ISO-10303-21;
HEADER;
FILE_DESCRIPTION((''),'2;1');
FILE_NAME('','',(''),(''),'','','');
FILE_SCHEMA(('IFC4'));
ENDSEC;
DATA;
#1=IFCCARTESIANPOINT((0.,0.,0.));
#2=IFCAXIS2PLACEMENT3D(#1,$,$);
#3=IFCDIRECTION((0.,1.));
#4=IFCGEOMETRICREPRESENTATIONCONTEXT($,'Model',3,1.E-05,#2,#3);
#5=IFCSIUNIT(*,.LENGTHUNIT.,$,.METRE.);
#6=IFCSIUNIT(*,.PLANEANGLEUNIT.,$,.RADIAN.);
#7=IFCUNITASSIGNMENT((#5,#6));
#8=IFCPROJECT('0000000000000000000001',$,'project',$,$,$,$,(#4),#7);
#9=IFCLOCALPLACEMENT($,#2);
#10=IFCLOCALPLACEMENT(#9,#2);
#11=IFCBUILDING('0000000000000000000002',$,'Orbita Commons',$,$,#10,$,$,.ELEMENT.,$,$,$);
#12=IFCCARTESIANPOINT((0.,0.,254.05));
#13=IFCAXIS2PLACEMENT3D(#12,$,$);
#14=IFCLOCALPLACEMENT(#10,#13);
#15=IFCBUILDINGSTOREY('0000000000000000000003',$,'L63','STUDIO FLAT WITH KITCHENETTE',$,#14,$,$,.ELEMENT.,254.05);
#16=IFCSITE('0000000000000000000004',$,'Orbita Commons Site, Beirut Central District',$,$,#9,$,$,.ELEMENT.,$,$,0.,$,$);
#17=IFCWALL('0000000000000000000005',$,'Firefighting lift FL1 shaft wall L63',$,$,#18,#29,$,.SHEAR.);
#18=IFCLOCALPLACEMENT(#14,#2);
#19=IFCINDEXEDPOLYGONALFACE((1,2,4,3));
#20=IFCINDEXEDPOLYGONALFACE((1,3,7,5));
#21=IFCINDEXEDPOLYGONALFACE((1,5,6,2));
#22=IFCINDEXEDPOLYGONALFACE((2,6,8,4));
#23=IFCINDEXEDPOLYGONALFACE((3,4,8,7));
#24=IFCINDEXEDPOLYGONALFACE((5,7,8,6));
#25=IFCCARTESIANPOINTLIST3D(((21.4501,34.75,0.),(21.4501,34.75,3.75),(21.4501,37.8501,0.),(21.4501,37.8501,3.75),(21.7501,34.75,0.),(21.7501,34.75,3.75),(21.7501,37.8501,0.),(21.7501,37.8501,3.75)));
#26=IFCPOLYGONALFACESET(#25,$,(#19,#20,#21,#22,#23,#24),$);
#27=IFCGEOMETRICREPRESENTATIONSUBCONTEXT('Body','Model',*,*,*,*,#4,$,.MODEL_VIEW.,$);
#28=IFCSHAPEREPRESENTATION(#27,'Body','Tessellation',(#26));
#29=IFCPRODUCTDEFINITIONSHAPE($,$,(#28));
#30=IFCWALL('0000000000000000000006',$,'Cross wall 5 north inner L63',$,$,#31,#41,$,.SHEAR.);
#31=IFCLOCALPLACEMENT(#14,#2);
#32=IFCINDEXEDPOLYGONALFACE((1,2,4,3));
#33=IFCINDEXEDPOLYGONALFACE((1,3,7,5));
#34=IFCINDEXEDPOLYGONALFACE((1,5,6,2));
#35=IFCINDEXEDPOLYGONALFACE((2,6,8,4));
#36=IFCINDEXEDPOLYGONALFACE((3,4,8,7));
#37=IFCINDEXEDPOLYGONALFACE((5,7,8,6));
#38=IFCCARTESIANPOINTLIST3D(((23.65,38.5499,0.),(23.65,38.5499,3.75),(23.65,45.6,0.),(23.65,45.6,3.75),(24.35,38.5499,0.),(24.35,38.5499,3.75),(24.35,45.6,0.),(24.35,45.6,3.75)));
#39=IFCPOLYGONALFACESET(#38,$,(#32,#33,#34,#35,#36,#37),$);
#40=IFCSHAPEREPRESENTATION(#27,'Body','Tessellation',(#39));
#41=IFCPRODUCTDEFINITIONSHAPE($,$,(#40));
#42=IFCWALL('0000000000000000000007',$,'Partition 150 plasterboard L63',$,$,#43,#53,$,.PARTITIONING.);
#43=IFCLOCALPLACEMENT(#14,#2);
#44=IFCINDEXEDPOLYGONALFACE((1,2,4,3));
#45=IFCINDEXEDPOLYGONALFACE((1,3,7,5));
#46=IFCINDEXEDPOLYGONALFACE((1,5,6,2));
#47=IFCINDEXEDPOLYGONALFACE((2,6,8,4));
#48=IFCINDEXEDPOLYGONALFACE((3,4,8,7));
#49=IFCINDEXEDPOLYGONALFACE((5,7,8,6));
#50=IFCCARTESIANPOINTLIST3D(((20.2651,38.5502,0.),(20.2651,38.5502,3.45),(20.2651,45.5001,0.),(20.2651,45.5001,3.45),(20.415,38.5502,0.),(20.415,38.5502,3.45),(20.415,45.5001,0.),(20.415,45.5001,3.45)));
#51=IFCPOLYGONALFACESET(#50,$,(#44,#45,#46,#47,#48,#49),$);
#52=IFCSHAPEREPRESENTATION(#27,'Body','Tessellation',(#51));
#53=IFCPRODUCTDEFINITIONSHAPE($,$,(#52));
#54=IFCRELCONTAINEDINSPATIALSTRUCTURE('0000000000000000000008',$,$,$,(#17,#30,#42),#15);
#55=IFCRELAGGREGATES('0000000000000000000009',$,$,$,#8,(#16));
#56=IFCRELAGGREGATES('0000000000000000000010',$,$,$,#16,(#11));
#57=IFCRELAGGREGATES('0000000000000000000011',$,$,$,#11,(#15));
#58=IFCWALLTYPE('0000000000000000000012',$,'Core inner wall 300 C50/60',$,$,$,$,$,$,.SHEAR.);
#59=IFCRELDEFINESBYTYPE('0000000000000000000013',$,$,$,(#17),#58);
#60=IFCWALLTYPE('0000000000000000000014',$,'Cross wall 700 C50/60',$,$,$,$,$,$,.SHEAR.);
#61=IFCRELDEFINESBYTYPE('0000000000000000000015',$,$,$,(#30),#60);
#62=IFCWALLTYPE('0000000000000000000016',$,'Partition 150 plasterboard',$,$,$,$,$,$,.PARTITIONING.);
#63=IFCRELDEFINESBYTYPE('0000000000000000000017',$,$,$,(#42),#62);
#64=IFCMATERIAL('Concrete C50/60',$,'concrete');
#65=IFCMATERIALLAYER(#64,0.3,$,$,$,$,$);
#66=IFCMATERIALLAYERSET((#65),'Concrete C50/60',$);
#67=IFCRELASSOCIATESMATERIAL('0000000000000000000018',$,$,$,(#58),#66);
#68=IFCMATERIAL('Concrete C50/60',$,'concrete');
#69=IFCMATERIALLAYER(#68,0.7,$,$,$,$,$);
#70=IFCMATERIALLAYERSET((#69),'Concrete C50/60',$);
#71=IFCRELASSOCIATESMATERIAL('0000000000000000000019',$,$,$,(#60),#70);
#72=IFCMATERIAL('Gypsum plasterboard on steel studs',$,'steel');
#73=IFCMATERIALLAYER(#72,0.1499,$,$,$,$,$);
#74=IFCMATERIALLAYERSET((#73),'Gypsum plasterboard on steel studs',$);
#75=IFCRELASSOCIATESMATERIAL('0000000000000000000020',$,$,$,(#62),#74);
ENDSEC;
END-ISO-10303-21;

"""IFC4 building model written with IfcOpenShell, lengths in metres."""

from ifc_helpers import new_model, si_unit, direction, frame, frame_2d, origin, place, context, subcontext, project, spatial, rectangle, extrude, material, layer, layer_set, type_object, element, save


model = new_model("IFC4")

# Units and contexts
model_context = context("Model", 3, precision=1e-05, world=origin(), true_north=direction((0.0, 1.0)))
body_context = subcontext(model_context, "Body", "Model", "MODEL_VIEW")
ifc_project = project(units=[si_unit("LENGTHUNIT", "METRE"), si_unit("PLANEANGLEUNIT", "RADIAN")], contexts=[model_context])

# Site, building, storey
site_placement = place(None, origin())
site = spatial("IfcSite", under=ifc_project, at=site_placement, Name="Orbita Commons Site, Beirut Central District", CompositionType="ELEMENT", RefElevation=0.0)
building_placement = place(site_placement, origin())
building = spatial("IfcBuilding", under=site, at=building_placement, Name="Orbita Commons", CompositionType="ELEMENT")
storey_placement = place(building_placement, frame((0.0, 0.0, 254.05)))
storey = spatial("IfcBuildingStorey", under=building, at=storey_placement, Name="L63", Description="STUDIO FLAT WITH KITCHENETTE", CompositionType="ELEMENT", Elevation=254.05)

# Shared definitions
ifc_material_1 = material(Name="Concrete C50/60", Category="concrete")
ifc_layer_1 = layer(ifc_material_1, 0.3)
ifc_layer_set_1 = layer_set([ifc_layer_1], Name="Concrete C50/60")
wall_type_1 = type_object("IfcWallType", Name="Core inner wall 300 C50/60", PredefinedType="SHEAR", material=ifc_layer_set_1)

# Walls
wall_1_placement = place(storey_placement, frame((21.6001, 34.75, 0.0), z_axis=(0.0, 0.0, 1.0), x_axis=(0.0, 1.0, 0.0)))
element("IfcWall", 1, at=wall_1_placement, inside=storey, type_object=wall_type_1, Name="Firefighting lift FL1 shaft wall L63", PredefinedType="SHEAR", context=body_context, shape_type="SweptSolid", body=[
    extrude(rectangle(XDim=3.1001, YDim=0.3, at=frame_2d((1.55, 0.0))), origin(), (0.0, 0.0, 1.0), 3.75),
])
ifc_material_2 = material(Name="Concrete C50/60", Category="concrete")
ifc_layer_2 = layer(ifc_material_2, 0.7)
ifc_layer_set_2 = layer_set([ifc_layer_2], Name="Concrete C50/60")
wall_type_2 = type_object("IfcWallType", Name="Cross wall 700 C50/60", PredefinedType="SHEAR", material=ifc_layer_set_2)
wall_2_placement = place(storey_placement, frame((24.0, 38.55, 0.0), z_axis=(0.0, 0.0, 1.0), x_axis=(0.0, 1.0, 0.0)))
element("IfcWall", 2, at=wall_2_placement, inside=storey, type_object=wall_type_2, Name="Cross wall 5 north inner L63", PredefinedType="SHEAR", context=body_context, shape_type="SweptSolid", body=[
    extrude(rectangle(XDim=7.05, YDim=0.7, at=frame_2d((3.5249, 0.0))), origin(), (0.0, 0.0, 1.0), 3.75),
])
ifc_material_3 = material(Name="Gypsum plasterboard on steel studs", Category="steel")
ifc_layer_3 = layer(ifc_material_3, 0.1499)
ifc_layer_set_3 = layer_set([ifc_layer_3], Name="Gypsum plasterboard on steel studs")
wall_type_3 = type_object("IfcWallType", Name="Partition 150 plasterboard", PredefinedType="PARTITIONING", material=ifc_layer_set_3)
wall_3_placement = place(storey_placement, frame((20.3401, 38.55, 0.0), z_axis=(0.0, 0.0, 1.0), x_axis=(0.0, 1.0, 0.0)))
element("IfcWall", 3, at=wall_3_placement, inside=storey, type_object=wall_type_3, Name="Partition 150 plasterboard L63", PredefinedType="PARTITIONING", context=body_context, shape_type="SweptSolid", body=[
    extrude(rectangle(XDim=6.95, YDim=0.1499, at=frame_2d((3.4751, 0.0))), origin(), (0.0, 0.0, 1.0), 3.45),
])

save(model, "model.ifc")
